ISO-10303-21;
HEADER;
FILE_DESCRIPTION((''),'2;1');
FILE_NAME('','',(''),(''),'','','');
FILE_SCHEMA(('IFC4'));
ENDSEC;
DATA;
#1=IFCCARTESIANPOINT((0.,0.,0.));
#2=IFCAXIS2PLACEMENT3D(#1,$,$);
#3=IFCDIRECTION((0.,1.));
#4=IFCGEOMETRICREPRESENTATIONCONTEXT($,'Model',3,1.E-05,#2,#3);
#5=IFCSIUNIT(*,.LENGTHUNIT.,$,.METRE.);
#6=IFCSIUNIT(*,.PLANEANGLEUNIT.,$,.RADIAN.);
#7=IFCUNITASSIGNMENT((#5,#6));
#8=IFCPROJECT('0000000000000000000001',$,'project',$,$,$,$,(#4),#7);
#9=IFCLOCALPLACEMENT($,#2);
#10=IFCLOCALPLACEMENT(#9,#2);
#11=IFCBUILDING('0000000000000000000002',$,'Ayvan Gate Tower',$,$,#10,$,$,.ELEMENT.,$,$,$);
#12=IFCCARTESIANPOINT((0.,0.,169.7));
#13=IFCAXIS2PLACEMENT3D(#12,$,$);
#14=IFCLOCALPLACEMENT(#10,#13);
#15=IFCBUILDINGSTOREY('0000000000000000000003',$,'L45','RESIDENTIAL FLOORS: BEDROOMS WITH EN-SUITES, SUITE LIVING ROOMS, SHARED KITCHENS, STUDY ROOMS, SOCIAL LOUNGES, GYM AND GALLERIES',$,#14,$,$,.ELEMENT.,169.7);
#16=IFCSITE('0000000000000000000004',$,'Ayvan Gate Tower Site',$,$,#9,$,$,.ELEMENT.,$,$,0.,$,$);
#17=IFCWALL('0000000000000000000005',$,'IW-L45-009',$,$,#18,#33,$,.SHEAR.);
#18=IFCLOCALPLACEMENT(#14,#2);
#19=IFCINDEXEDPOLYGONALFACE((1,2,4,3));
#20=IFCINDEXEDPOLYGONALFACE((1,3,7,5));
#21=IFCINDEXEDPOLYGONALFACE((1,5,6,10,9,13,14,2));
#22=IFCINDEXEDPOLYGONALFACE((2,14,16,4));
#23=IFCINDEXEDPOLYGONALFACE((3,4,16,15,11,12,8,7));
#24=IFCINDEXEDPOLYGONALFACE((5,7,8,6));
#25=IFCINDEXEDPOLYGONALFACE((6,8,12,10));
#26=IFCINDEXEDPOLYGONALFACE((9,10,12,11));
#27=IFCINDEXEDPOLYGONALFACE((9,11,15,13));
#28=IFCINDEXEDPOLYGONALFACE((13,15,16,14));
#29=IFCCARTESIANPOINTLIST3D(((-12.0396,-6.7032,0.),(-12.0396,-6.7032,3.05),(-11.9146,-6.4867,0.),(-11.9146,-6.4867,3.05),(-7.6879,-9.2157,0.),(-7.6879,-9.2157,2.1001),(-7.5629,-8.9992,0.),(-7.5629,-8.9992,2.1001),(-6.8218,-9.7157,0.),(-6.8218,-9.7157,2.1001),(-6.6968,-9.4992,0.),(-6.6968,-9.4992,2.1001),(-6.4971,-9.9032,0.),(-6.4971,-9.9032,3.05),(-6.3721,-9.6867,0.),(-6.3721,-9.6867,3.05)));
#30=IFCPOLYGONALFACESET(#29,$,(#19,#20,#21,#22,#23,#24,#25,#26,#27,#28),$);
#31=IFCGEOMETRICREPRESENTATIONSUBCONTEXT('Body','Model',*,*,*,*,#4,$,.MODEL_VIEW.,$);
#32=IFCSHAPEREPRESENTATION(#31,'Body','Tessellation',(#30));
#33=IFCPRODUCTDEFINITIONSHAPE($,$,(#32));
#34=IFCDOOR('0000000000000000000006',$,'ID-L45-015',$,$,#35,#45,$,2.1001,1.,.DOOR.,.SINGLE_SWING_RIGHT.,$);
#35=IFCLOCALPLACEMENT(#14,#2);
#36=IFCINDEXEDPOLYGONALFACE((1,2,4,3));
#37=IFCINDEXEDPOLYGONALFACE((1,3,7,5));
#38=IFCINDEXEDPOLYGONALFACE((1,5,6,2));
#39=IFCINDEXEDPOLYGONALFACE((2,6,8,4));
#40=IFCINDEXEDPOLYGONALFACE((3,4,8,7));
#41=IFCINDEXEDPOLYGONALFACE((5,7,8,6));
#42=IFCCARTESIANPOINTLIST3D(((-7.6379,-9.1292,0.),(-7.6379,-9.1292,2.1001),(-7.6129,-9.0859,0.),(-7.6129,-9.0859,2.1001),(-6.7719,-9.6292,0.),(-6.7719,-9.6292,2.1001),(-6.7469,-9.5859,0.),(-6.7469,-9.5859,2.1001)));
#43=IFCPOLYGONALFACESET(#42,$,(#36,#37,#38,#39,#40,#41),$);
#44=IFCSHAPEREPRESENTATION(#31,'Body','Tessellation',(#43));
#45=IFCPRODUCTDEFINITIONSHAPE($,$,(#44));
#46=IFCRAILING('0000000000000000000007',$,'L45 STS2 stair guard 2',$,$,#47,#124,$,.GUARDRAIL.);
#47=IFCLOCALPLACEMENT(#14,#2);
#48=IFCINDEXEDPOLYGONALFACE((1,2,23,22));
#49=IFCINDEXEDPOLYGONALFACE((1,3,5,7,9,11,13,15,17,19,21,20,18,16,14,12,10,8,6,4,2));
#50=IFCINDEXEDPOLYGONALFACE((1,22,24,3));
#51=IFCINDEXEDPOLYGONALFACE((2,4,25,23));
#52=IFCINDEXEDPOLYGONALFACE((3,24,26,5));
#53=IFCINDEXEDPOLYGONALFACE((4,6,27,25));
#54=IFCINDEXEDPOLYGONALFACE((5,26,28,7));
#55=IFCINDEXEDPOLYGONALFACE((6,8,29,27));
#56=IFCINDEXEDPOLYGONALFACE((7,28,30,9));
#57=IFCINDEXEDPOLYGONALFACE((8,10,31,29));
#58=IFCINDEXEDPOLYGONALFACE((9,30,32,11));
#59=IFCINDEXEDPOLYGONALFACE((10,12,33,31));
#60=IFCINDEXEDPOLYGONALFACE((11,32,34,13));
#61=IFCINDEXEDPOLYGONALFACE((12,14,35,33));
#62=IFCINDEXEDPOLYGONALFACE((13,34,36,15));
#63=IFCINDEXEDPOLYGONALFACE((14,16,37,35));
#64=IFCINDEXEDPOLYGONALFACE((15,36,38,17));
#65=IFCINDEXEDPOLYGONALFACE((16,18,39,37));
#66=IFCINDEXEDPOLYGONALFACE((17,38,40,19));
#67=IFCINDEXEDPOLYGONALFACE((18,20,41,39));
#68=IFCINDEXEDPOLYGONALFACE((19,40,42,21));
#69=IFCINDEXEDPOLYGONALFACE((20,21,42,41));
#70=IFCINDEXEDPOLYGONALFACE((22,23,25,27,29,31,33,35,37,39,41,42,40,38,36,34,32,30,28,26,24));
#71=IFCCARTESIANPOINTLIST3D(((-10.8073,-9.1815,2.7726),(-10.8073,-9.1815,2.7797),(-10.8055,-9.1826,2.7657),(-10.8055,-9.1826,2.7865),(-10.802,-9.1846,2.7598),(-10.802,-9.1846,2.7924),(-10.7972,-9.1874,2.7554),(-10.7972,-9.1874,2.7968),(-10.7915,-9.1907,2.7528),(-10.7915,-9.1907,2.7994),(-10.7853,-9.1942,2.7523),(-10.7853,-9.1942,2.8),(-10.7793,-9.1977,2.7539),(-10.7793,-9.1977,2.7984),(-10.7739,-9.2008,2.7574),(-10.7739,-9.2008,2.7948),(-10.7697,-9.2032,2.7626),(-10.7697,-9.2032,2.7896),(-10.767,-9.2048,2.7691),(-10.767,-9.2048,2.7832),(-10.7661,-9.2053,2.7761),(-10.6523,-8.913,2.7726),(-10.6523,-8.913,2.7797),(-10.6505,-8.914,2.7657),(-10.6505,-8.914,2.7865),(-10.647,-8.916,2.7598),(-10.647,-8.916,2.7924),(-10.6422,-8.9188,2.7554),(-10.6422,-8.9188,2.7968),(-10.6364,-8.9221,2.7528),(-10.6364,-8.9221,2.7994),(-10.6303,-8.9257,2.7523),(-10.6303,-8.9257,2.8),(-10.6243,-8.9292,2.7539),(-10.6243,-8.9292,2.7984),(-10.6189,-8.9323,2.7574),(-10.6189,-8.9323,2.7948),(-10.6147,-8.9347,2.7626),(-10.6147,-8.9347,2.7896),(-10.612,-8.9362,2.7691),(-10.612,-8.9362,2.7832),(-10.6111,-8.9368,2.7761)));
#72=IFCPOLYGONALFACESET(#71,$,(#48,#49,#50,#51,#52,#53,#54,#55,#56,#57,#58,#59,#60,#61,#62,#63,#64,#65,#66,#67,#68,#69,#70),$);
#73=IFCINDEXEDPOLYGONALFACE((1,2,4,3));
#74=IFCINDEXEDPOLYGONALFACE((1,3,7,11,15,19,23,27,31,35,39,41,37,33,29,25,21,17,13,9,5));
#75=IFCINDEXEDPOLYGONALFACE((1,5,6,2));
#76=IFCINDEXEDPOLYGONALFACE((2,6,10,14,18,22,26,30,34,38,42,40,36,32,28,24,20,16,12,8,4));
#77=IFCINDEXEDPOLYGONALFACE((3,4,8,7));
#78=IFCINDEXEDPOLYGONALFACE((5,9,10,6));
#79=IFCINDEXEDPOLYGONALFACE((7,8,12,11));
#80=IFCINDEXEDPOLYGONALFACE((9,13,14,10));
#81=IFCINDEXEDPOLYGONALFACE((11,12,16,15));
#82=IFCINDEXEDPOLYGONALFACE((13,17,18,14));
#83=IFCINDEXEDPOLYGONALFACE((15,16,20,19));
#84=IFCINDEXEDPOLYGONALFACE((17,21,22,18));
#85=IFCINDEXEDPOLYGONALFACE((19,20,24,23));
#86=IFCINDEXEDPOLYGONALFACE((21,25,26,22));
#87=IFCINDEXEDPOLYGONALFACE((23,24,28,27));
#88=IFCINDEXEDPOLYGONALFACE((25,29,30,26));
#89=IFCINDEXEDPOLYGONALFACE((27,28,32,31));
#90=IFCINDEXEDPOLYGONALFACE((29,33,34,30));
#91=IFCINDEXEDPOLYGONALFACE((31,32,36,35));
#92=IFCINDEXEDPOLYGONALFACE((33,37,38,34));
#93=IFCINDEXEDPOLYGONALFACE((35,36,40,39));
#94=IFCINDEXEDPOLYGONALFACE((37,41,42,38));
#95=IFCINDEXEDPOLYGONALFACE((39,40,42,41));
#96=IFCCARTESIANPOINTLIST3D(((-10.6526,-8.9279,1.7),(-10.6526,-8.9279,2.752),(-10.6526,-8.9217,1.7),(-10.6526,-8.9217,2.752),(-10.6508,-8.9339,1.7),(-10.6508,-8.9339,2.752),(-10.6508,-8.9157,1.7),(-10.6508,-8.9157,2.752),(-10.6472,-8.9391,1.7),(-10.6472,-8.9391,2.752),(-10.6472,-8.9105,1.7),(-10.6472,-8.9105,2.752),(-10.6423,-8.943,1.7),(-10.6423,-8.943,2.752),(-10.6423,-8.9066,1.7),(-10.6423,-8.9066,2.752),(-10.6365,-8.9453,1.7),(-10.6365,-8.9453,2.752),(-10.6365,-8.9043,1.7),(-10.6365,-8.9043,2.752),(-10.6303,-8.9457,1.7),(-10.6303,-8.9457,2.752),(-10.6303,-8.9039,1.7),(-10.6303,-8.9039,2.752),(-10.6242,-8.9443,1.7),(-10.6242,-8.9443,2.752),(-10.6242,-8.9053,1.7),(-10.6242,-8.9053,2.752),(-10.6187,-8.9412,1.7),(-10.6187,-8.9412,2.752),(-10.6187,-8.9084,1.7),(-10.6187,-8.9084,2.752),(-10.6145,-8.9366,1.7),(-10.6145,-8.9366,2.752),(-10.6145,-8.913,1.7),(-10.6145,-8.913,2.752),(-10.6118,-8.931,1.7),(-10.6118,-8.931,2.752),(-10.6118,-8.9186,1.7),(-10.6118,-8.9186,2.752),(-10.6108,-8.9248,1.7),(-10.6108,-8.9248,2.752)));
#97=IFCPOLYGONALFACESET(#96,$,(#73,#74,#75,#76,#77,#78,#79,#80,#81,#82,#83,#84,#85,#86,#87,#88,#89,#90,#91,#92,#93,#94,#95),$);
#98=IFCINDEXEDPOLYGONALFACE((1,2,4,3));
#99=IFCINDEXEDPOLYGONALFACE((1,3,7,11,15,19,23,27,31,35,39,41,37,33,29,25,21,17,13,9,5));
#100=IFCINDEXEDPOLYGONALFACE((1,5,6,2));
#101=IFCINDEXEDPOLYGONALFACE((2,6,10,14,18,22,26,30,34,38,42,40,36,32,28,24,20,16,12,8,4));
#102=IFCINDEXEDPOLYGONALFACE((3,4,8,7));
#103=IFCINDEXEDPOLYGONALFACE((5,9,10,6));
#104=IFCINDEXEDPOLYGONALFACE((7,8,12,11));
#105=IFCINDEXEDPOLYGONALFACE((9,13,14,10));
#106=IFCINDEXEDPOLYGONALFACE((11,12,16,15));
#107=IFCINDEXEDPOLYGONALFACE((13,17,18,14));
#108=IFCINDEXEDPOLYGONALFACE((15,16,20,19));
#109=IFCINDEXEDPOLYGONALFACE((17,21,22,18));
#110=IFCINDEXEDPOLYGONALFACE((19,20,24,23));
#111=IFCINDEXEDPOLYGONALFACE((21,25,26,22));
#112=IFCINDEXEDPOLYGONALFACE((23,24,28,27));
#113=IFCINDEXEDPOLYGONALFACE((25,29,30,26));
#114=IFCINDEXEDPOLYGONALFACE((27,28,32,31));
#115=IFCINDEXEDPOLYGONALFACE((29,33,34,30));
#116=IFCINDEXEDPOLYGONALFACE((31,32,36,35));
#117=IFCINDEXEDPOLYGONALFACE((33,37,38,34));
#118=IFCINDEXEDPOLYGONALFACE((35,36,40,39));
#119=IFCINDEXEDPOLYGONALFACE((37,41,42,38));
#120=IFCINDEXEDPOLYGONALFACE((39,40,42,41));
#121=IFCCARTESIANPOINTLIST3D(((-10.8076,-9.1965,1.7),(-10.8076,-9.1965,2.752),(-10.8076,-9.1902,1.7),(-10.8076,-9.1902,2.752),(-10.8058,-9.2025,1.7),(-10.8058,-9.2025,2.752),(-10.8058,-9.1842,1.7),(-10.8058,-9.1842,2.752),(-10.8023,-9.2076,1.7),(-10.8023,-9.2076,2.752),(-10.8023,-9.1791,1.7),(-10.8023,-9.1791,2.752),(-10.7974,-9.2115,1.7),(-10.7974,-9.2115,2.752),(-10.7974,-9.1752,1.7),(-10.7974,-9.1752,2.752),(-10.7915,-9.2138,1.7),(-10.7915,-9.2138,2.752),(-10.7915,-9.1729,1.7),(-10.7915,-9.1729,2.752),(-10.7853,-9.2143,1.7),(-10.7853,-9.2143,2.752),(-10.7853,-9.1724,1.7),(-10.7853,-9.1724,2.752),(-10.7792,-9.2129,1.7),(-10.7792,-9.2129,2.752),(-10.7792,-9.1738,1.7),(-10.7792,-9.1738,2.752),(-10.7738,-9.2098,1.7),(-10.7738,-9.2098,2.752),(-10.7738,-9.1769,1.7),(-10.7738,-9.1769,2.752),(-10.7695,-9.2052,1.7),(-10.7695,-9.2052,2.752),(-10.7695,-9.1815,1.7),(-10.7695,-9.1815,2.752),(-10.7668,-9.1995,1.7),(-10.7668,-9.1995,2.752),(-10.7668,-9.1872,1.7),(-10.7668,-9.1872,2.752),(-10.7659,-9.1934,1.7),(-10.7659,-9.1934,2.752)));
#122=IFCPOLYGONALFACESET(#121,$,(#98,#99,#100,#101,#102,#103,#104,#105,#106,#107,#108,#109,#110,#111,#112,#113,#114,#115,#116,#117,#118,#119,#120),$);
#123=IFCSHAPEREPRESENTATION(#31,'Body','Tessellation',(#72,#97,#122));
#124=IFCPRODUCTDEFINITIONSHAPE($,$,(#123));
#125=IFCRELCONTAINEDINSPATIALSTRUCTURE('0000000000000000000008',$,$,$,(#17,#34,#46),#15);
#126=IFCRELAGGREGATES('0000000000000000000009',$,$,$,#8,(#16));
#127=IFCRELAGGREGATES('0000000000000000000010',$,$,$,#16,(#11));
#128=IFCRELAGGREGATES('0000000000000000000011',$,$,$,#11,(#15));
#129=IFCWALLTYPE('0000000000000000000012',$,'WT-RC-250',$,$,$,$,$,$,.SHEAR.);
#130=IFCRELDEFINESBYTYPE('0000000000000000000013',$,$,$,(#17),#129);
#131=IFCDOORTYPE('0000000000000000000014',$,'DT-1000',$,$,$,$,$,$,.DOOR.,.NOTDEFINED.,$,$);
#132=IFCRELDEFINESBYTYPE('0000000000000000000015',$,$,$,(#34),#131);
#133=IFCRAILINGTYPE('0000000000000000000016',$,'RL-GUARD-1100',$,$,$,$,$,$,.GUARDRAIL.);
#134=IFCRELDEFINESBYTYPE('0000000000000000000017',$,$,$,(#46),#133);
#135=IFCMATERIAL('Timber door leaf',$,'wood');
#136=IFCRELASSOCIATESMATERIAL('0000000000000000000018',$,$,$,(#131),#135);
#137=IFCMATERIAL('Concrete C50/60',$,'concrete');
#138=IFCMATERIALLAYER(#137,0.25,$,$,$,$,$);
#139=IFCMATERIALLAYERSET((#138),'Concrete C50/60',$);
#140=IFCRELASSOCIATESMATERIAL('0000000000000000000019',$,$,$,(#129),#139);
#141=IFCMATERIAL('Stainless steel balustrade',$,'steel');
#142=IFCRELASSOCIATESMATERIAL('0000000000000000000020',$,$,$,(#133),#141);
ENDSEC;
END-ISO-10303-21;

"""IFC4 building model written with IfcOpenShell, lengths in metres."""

from ifc_helpers import new_model, si_unit, direction, frame, frame_2d, origin, origin_2d, place, context, subcontext, project, spatial, rectangle, circle, extrude, material, layer, layer_set, type_object, element, fill, save


model = new_model("IFC4")

# Units and contexts
model_context = context("Model", 3, precision=1e-05, world=origin(), true_north=direction((0.0, 1.0)))
body_context = subcontext(model_context, "Body", "Model", "MODEL_VIEW")
ifc_project = project(units=[si_unit("LENGTHUNIT", "METRE"), si_unit("PLANEANGLEUNIT", "RADIAN")], contexts=[model_context])

# Site, building, storey
site_placement = place(None, origin())
site = spatial("IfcSite", under=ifc_project, at=site_placement, Name="Ayvan Gate Tower Site", CompositionType="ELEMENT", RefElevation=0.0)
building_placement = place(site_placement, origin())
building = spatial("IfcBuilding", under=site, at=building_placement, Name="Ayvan Gate Tower", CompositionType="ELEMENT")
storey_placement = place(building_placement, frame((0.0, 0.0, 169.7)))
storey = spatial("IfcBuildingStorey", under=building, at=storey_placement, Name="L45", Description="RESIDENTIAL FLOORS: BEDROOMS WITH EN-SUITES, SUITE LIVING ROOMS, SHARED KITCHENS, STUDY ROOMS, SOCIAL LOUNGES, GYM AND GALLERIES", CompositionType="ELEMENT", Elevation=169.7)

# Shared definitions
ifc_material_1 = material(Name="Timber door leaf", Category="wood")
door_type_1 = type_object("IfcDoorType", Name="DT-1000", OperationType="NOTDEFINED", PredefinedType="DOOR", material=ifc_material_1)

# Shared definitions
ifc_material_2 = material(Name="Concrete C50/60", Category="concrete")
ifc_layer_1 = layer(ifc_material_2, 0.25)
ifc_layer_set_1 = layer_set([ifc_layer_1], Name="Concrete C50/60")
wall_type_1 = type_object("IfcWallType", Name="WT-RC-250", PredefinedType="SHEAR", material=ifc_layer_set_1)

# Wall, opening, door
wall_1_placement = place(storey_placement, frame((-11.9771, -6.595, 0.0), z_axis=(0.0, 0.0, 1.0), x_axis=(0.866025, -0.5, 0.0)))
wall_1 = element("IfcWall", 1, at=wall_1_placement, inside=storey, type_object=wall_type_1, Name="IW-L45-009", PredefinedType="SHEAR", context=body_context, shape_type="SweptSolid", body=[
    extrude(rectangle(XDim=6.3999, YDim=0.25, at=frame_2d((3.2, 0.0))), origin(), (0.0, 0.0, 1.0), 3.05),
])
opening_1_placement = place(wall_1_placement, frame((5.0249, 0.0, 0.0)))
opening_1 = element("IfcOpeningElement", 2, at=opening_1_placement, cuts=wall_1, PredefinedType="OPENING", context=body_context, shape_type="SweptSolid", body=[
    extrude(rectangle(XDim=1.0, YDim=2.1001, at=frame_2d((0.5, 1.05))), frame((0.0, 0.135, 0.0), z_axis=(0.0, -1.0, 0.0), x_axis=(1.0, 0.0, 0.0)), (0.0, 0.0, 1.0), 0.27),
])
door_1_placement = place(opening_1_placement, origin())
door_1 = element("IfcDoor", 3, at=door_1_placement, inside=storey, type_object=door_type_1, Name="ID-L45-015", OperationType="SINGLE_SWING_RIGHT", OverallHeight=2.1001, OverallWidth=1.0, PredefinedType="DOOR", context=body_context, shape_type="SweptSolid", body=[
    extrude(rectangle(XDim=1.0, YDim=2.1001, at=frame_2d((0.5, 1.05))), frame((0.0, 0.0249, 0.0), z_axis=(0.0, -1.0, 0.0), x_axis=(1.0, 0.0, 0.0)), (0.0, 0.0, 1.0), 0.05),
])
fill(opening_1, door_1)

# Railing
ifc_material_3 = material(Name="Stainless steel balustrade", Category="steel")
railing_type_1 = type_object("IfcRailingType", Name="RL-GUARD-1100", PredefinedType="GUARDRAIL", material=ifc_material_3)
railing_1_placement = place(storey_placement, frame((-10.6318, -8.9248, 1.7)))
element("IfcRailing", 4, at=railing_1_placement, inside=storey, type_object=railing_type_1, Name="L45 STS2 stair guard 2", PredefinedType="GUARDRAIL", context=body_context, shape_type="SweptSolid", body=[
    extrude(circle(Radius=0.0239, at=origin_2d()), frame((0.0, 0.0, 1.0762), z_axis=(-0.49995, -0.866054, 0.0), x_axis=(0.866054, -0.49995, 0.0)), (0.0, 0.0, 1.0), 0.3101),
    extrude(circle(Radius=0.021, at=origin_2d()), origin(), (0.0, 0.0, 1.0), 1.052),
    extrude(circle(Radius=0.021, at=origin_2d()), frame((-0.155, -0.2686, 0.0)), (0.0, 0.0, 1.0), 1.052),
])

save(model, "model.ifc")
